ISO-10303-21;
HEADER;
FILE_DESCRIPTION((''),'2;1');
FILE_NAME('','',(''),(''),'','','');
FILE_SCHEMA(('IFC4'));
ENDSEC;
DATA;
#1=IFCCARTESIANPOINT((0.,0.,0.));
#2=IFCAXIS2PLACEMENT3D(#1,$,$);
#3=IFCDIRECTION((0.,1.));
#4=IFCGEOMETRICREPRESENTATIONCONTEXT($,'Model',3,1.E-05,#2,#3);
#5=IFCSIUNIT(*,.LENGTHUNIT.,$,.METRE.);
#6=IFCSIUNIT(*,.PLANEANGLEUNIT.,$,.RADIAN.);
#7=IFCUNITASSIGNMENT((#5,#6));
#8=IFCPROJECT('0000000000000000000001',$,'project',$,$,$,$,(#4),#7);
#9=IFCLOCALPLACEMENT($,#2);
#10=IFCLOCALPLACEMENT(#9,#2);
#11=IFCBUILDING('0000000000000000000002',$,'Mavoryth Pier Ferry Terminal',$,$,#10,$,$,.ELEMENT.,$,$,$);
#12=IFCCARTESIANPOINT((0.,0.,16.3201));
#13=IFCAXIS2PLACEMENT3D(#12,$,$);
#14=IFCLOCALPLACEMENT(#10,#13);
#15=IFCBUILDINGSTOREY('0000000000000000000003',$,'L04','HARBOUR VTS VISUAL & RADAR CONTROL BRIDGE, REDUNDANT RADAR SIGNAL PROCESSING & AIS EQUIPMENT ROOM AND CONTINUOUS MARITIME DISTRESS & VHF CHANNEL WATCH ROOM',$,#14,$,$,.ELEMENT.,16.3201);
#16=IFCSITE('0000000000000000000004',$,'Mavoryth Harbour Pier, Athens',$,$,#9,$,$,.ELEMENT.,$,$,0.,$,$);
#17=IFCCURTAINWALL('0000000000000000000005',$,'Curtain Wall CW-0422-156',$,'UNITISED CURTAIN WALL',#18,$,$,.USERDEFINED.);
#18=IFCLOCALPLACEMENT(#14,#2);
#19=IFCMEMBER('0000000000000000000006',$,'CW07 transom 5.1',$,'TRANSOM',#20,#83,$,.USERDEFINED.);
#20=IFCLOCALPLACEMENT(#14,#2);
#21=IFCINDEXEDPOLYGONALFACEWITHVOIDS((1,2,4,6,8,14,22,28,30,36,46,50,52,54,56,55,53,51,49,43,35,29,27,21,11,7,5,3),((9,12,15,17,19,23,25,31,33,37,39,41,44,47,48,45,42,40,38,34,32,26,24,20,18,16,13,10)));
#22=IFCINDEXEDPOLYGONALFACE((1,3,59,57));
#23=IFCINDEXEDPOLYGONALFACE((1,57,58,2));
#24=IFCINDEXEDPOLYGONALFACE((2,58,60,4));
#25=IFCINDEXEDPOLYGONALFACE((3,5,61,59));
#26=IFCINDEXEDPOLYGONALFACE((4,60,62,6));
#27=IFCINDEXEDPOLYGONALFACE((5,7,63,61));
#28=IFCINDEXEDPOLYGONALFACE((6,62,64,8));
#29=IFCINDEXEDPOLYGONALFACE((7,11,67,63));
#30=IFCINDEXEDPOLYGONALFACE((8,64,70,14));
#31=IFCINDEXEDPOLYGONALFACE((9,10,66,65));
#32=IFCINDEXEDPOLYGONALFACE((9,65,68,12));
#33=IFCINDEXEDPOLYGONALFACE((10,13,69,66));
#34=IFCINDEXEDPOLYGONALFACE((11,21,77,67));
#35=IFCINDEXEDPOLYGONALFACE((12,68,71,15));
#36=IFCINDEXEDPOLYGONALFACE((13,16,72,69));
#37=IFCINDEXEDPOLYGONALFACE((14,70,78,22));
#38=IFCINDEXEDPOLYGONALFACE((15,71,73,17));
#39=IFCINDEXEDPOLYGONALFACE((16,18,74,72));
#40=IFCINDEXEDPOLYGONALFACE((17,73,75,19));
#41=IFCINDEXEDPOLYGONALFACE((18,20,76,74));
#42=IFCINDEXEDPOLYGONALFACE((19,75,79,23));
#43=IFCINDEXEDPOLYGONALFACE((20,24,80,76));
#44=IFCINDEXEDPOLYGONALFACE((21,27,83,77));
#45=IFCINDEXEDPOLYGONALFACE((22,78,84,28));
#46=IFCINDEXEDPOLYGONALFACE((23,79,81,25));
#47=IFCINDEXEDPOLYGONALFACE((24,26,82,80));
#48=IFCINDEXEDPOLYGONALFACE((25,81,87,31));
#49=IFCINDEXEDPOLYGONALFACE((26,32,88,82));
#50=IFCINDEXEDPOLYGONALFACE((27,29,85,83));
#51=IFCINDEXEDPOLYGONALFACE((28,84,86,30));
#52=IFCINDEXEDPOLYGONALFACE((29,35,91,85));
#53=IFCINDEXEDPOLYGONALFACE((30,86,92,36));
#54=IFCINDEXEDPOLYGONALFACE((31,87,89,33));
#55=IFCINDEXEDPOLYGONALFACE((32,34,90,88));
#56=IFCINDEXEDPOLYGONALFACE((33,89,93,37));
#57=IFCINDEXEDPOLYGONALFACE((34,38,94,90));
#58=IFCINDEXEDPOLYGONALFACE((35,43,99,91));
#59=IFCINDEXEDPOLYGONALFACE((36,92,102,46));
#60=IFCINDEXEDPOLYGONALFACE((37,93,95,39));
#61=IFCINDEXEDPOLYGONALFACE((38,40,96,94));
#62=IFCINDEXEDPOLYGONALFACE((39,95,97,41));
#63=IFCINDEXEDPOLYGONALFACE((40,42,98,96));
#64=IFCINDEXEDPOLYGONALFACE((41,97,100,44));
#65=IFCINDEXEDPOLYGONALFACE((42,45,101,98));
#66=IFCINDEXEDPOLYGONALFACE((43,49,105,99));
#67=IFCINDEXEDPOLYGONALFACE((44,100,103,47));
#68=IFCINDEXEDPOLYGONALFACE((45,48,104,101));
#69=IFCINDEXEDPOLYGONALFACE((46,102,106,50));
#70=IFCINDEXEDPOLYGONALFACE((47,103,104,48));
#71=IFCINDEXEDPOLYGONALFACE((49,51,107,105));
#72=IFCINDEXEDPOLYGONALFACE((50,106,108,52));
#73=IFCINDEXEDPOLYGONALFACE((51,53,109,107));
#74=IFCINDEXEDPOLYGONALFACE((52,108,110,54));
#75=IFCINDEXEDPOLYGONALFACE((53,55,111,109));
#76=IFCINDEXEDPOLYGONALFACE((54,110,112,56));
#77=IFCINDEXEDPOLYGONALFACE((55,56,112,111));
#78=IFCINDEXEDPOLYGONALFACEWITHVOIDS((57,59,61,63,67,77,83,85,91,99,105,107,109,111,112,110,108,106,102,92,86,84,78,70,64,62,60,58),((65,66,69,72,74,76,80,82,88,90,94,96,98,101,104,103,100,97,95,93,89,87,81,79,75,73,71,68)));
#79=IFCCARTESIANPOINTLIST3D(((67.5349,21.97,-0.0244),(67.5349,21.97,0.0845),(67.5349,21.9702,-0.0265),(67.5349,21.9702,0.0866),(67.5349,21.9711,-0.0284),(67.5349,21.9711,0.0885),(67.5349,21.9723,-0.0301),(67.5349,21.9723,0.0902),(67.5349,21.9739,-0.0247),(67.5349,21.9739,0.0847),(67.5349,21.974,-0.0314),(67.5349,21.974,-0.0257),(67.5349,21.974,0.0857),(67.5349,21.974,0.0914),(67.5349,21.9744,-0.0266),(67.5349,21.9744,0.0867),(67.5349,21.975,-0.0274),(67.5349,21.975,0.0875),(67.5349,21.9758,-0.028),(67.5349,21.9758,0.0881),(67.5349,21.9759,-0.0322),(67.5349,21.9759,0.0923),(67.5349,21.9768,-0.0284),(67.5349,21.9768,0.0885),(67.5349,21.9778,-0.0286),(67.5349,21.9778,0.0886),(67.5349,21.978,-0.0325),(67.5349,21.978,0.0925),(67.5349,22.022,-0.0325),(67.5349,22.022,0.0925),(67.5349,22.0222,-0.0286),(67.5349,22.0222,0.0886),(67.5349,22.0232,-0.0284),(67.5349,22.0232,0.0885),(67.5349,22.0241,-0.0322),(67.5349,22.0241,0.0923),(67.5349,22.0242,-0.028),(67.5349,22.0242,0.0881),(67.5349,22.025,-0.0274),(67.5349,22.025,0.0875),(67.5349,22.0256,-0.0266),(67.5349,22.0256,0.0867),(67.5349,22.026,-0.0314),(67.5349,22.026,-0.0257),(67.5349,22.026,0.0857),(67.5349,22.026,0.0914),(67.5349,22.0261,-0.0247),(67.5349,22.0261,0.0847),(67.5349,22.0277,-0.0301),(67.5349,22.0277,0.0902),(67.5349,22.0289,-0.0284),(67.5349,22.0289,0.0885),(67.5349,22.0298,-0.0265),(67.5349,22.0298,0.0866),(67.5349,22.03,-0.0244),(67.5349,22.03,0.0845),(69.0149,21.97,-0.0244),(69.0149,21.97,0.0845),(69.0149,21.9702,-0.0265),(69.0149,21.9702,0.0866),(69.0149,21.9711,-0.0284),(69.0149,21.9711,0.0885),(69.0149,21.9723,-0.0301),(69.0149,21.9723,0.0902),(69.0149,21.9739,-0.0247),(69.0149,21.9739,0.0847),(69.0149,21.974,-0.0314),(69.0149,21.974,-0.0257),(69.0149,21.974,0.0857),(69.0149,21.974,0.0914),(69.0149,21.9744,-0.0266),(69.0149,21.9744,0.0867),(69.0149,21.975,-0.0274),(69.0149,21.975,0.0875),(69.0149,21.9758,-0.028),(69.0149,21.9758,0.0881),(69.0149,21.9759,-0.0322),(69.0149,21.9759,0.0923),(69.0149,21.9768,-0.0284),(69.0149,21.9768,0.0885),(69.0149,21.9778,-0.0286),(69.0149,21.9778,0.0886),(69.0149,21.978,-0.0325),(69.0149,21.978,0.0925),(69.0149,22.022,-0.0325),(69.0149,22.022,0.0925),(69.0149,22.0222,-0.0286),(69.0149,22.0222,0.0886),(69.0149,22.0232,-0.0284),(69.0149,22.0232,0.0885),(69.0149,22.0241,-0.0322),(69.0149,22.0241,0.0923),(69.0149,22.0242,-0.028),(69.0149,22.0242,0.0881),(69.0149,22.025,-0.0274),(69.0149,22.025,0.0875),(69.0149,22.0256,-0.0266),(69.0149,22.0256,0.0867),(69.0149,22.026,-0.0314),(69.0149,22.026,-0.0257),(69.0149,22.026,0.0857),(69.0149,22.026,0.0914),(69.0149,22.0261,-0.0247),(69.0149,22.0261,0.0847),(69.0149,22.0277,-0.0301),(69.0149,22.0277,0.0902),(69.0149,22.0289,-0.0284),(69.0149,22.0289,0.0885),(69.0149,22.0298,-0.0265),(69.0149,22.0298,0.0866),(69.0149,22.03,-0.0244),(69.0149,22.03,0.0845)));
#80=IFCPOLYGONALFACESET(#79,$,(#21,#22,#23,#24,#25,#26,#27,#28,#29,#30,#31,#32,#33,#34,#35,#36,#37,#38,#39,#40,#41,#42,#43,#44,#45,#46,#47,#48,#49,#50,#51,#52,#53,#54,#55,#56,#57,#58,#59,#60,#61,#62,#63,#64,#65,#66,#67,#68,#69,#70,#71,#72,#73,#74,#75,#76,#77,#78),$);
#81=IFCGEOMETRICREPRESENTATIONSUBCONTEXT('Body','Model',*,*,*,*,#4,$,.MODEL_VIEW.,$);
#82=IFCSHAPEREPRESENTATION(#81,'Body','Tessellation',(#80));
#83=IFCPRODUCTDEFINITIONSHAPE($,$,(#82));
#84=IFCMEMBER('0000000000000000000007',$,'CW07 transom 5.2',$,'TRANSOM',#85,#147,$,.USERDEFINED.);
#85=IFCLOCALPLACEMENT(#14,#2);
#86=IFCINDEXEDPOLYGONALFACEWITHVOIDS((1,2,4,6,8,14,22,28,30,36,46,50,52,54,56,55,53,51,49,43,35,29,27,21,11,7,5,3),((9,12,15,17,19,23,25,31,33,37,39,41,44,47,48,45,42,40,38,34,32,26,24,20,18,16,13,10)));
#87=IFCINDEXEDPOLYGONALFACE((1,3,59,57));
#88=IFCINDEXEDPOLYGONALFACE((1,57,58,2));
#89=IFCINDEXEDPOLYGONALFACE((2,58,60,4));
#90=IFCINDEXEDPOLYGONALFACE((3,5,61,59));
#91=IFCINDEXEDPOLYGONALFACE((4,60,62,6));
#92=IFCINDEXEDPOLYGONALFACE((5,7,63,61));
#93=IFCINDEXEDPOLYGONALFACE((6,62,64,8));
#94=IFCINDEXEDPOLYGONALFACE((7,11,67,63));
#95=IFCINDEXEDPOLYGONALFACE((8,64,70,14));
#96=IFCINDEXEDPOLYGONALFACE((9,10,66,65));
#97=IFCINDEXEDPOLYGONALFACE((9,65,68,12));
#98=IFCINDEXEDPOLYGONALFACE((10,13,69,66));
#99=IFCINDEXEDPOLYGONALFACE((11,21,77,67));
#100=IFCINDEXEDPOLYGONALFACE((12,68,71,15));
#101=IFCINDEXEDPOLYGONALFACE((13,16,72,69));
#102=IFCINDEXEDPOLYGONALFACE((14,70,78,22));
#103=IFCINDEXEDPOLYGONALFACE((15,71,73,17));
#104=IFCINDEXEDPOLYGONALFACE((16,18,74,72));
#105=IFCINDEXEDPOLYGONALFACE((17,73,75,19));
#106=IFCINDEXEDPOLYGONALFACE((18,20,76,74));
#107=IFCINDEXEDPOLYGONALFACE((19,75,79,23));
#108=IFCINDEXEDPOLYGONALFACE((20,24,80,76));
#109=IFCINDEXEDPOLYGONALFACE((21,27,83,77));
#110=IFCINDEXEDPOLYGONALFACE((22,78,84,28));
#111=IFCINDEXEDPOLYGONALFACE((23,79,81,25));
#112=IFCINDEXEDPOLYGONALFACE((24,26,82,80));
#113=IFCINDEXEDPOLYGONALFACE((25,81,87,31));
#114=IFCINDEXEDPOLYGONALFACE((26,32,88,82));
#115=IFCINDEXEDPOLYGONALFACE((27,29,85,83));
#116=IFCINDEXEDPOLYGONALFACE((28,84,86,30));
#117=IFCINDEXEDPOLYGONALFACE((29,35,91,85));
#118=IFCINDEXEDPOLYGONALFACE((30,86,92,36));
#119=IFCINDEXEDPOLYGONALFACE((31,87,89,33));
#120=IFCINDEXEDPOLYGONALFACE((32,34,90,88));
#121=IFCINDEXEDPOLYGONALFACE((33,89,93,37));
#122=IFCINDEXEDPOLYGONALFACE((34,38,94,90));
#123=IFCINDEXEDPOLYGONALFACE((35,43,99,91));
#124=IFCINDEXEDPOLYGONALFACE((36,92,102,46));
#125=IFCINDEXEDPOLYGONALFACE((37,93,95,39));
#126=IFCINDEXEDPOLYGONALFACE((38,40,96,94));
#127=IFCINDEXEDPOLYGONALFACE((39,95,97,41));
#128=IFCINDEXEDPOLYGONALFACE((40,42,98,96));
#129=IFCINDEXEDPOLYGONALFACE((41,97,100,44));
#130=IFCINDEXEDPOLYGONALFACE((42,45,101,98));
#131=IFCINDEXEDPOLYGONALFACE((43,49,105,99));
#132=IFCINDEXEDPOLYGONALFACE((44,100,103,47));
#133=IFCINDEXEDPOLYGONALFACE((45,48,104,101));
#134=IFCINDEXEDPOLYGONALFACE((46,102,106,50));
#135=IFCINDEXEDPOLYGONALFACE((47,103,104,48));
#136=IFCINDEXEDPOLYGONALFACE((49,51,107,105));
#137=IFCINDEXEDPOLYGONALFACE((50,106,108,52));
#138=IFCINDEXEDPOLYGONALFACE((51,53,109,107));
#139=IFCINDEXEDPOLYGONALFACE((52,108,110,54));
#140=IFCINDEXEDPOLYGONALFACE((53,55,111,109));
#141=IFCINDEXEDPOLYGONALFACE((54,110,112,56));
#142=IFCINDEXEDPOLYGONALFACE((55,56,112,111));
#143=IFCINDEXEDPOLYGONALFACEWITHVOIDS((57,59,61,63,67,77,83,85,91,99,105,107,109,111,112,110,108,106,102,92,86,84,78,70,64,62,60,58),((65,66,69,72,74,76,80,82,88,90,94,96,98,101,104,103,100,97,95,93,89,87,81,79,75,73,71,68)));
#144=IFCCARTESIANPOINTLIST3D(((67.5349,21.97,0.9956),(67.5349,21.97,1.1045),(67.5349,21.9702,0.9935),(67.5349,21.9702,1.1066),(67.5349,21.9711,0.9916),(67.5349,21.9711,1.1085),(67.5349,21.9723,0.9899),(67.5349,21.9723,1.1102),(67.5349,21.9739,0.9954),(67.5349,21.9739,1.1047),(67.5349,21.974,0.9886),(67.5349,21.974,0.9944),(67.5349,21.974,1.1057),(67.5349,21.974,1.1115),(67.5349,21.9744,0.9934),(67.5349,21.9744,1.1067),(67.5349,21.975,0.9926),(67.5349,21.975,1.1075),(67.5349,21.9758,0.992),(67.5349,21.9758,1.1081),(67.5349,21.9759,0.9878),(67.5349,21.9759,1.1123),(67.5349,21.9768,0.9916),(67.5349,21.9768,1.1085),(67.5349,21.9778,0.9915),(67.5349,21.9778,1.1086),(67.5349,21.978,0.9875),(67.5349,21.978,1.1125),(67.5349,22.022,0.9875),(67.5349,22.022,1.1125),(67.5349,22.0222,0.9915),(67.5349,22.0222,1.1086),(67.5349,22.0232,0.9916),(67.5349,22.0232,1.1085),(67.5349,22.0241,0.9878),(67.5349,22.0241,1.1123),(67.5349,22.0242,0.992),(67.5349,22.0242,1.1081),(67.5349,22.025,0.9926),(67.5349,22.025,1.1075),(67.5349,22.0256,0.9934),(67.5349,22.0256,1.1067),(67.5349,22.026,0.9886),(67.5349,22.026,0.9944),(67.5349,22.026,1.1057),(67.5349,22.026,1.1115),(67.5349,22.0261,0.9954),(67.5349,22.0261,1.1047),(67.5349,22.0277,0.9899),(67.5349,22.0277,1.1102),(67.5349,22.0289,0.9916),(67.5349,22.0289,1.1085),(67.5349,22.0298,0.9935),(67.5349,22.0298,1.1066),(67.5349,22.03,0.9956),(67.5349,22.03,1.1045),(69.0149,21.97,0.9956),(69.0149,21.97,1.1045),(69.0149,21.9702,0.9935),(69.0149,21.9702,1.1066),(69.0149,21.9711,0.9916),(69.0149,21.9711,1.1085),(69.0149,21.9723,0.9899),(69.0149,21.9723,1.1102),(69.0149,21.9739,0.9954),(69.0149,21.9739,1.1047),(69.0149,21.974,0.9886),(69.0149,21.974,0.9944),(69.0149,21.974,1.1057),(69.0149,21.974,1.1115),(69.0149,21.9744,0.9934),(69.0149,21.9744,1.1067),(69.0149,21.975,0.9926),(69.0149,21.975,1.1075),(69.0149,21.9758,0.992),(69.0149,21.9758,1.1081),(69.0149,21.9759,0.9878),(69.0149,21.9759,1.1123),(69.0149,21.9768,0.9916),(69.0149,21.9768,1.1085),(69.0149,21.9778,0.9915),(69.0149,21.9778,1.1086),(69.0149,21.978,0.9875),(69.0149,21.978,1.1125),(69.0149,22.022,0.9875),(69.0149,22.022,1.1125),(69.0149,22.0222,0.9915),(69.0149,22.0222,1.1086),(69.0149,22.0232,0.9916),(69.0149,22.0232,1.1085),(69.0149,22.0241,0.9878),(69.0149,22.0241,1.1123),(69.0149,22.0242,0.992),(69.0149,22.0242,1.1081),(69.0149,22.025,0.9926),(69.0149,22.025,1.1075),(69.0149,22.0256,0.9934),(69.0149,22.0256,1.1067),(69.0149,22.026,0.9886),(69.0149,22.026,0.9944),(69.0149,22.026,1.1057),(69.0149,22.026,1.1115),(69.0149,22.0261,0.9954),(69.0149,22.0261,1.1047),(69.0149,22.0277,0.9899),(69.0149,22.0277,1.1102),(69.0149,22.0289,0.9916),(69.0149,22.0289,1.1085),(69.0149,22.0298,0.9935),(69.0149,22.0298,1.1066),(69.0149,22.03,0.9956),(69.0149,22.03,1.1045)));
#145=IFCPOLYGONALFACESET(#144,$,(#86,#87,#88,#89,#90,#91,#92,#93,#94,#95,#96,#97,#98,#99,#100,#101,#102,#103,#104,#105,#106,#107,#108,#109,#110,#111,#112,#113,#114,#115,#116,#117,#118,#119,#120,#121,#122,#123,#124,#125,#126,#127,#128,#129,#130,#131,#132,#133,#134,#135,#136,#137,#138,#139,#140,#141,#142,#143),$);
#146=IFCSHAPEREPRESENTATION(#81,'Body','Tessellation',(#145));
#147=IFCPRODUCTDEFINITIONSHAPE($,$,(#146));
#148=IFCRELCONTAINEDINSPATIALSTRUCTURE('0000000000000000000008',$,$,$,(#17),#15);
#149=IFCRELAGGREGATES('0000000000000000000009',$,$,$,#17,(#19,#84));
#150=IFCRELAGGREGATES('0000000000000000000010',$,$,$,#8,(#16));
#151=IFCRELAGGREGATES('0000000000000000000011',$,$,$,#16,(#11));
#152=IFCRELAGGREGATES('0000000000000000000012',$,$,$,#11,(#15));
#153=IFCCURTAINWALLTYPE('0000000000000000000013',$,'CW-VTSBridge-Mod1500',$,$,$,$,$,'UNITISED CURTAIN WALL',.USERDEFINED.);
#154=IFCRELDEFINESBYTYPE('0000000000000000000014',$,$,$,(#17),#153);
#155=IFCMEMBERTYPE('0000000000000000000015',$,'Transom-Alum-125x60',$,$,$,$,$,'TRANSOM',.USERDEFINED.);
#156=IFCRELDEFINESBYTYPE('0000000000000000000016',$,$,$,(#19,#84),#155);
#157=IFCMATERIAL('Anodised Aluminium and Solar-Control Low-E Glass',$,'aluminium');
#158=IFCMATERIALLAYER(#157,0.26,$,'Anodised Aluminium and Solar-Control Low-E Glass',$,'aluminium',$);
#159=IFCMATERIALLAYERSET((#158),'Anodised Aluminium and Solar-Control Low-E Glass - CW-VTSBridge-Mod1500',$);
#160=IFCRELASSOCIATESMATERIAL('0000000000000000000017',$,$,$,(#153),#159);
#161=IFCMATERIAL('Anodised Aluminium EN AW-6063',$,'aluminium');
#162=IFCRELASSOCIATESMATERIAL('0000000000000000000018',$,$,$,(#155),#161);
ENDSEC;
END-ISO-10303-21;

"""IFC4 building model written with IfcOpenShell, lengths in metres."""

from ifc_helpers import new_model, si_unit, direction, frame, origin, origin_2d, place, context, subcontext, project, spatial, hollow_rectangle, extrude, material, layer, layer_set, material_profile, profile_set, type_object, element, aggregate, save


model = new_model("IFC4")

# Units and contexts
model_context = context("Model", 3, precision=1e-05, world=origin(), true_north=direction((0.0, 1.0)))
body_context = subcontext(model_context, "Body", "Model", "MODEL_VIEW")
ifc_project = project(units=[si_unit("LENGTHUNIT", "METRE"), si_unit("PLANEANGLEUNIT", "RADIAN")], contexts=[model_context])

# Site, building, storey
site_placement = place(None, origin())
site = spatial("IfcSite", under=ifc_project, at=site_placement, Name="Mavoryth Harbour Pier, Athens", CompositionType="ELEMENT", RefElevation=0.0)
building_placement = place(site_placement, origin())
building = spatial("IfcBuilding", under=site, at=building_placement, Name="Mavoryth Pier Ferry Terminal", CompositionType="ELEMENT")
storey_placement = place(building_placement, frame((0.0, 0.0, 16.3201)))
storey = spatial("IfcBuildingStorey", under=building, at=storey_placement, Name="L04", Description="HARBOUR VTS VISUAL & RADAR CONTROL BRIDGE, REDUNDANT RADAR SIGNAL PROCESSING & AIS EQUIPMENT ROOM AND CONTINUOUS MARITIME DISTRESS & VHF CHANNEL WATCH ROOM", CompositionType="ELEMENT", Elevation=16.3201)

# Curtain wall
ifc_material_1 = material(Name="Anodised Aluminium and Solar-Control Low-E Glass", Category="aluminium")
ifc_layer_1 = layer(ifc_material_1, 0.26, Name="Anodised Aluminium and Solar-Control Low-E Glass", Category="aluminium")
ifc_layer_set_1 = layer_set([ifc_layer_1], Name="Anodised Aluminium and Solar-Control Low-E Glass - CW-VTSBridge-Mod1500")
curtain_wall_type = type_object("IfcCurtainWallType", Name="CW-VTSBridge-Mod1500", ElementType="UNITISED CURTAIN WALL", PredefinedType="USERDEFINED", material=ifc_layer_set_1)
curtain_wall_1_placement = place(storey_placement, origin())
curtain_wall_1 = element("IfcCurtainWall", 1, at=curtain_wall_1_placement, inside=storey, type_object=curtain_wall_type, Name="Curtain Wall CW-0422-156", ObjectType="UNITISED CURTAIN WALL", PredefinedType="USERDEFINED")
ifc_material_2 = material(Name="Anodised Aluminium EN AW-6063", Category="aluminium")

# Members
ifc_material_profile_1 = material_profile(ifc_material_2, hollow_rectangle(XDim=0.0601, YDim=0.125, WallThickness=0.0039, InnerFilletRadius=0.0039, OuterFilletRadius=0.0081, at=origin_2d()), Name="AL-TRAN 125x60x4", Category="aluminium")
ifc_profile_set_1 = profile_set([ifc_material_profile_1], Name="Anodised Aluminium EN AW-6063 - AL-TRAN 125x60x4")
member_type_1 = type_object("IfcMemberType", Name="Transom-Alum-125x60", ElementType="TRANSOM", PredefinedType="USERDEFINED", material=ifc_profile_set_1)
member_1_placement = place(storey_placement, frame((69.0149, 22.0, 0.03), z_axis=(-1.0, 0.0, 0.0), x_axis=(0.0, -1.0, 0.0)))
member_1 = element("IfcMember", 2, at=member_1_placement, type_object=member_type_1, Name="CW07 transom 5.1", ObjectType="TRANSOM", PredefinedType="USERDEFINED", context=body_context, shape_type="SweptSolid", body=[
    extrude(hollow_rectangle(XDim=0.0601, YDim=0.125, WallThickness=0.0039, InnerFilletRadius=0.0039, OuterFilletRadius=0.0081, at=origin_2d()), origin(), (0.0, 0.0, 1.0), 1.48),
])
member_2_placement = place(storey_placement, frame((69.0149, 22.0, 1.05), z_axis=(-1.0, 0.0, 0.0), x_axis=(0.0, -1.0, 0.0)))
member_2 = element("IfcMember", 3, at=member_2_placement, type_object=member_type_1, Name="CW07 transom 5.2", ObjectType="TRANSOM", PredefinedType="USERDEFINED", context=body_context, shape_type="SweptSolid", body=[
    extrude(hollow_rectangle(XDim=0.0601, YDim=0.125, WallThickness=0.0039, InnerFilletRadius=0.0039, OuterFilletRadius=0.0081, at=origin_2d()), origin(), (0.0, 0.0, 1.0), 1.48),
])

aggregate(curtain_wall_1, [member_1, member_2])

save(model, "model.ifc")
